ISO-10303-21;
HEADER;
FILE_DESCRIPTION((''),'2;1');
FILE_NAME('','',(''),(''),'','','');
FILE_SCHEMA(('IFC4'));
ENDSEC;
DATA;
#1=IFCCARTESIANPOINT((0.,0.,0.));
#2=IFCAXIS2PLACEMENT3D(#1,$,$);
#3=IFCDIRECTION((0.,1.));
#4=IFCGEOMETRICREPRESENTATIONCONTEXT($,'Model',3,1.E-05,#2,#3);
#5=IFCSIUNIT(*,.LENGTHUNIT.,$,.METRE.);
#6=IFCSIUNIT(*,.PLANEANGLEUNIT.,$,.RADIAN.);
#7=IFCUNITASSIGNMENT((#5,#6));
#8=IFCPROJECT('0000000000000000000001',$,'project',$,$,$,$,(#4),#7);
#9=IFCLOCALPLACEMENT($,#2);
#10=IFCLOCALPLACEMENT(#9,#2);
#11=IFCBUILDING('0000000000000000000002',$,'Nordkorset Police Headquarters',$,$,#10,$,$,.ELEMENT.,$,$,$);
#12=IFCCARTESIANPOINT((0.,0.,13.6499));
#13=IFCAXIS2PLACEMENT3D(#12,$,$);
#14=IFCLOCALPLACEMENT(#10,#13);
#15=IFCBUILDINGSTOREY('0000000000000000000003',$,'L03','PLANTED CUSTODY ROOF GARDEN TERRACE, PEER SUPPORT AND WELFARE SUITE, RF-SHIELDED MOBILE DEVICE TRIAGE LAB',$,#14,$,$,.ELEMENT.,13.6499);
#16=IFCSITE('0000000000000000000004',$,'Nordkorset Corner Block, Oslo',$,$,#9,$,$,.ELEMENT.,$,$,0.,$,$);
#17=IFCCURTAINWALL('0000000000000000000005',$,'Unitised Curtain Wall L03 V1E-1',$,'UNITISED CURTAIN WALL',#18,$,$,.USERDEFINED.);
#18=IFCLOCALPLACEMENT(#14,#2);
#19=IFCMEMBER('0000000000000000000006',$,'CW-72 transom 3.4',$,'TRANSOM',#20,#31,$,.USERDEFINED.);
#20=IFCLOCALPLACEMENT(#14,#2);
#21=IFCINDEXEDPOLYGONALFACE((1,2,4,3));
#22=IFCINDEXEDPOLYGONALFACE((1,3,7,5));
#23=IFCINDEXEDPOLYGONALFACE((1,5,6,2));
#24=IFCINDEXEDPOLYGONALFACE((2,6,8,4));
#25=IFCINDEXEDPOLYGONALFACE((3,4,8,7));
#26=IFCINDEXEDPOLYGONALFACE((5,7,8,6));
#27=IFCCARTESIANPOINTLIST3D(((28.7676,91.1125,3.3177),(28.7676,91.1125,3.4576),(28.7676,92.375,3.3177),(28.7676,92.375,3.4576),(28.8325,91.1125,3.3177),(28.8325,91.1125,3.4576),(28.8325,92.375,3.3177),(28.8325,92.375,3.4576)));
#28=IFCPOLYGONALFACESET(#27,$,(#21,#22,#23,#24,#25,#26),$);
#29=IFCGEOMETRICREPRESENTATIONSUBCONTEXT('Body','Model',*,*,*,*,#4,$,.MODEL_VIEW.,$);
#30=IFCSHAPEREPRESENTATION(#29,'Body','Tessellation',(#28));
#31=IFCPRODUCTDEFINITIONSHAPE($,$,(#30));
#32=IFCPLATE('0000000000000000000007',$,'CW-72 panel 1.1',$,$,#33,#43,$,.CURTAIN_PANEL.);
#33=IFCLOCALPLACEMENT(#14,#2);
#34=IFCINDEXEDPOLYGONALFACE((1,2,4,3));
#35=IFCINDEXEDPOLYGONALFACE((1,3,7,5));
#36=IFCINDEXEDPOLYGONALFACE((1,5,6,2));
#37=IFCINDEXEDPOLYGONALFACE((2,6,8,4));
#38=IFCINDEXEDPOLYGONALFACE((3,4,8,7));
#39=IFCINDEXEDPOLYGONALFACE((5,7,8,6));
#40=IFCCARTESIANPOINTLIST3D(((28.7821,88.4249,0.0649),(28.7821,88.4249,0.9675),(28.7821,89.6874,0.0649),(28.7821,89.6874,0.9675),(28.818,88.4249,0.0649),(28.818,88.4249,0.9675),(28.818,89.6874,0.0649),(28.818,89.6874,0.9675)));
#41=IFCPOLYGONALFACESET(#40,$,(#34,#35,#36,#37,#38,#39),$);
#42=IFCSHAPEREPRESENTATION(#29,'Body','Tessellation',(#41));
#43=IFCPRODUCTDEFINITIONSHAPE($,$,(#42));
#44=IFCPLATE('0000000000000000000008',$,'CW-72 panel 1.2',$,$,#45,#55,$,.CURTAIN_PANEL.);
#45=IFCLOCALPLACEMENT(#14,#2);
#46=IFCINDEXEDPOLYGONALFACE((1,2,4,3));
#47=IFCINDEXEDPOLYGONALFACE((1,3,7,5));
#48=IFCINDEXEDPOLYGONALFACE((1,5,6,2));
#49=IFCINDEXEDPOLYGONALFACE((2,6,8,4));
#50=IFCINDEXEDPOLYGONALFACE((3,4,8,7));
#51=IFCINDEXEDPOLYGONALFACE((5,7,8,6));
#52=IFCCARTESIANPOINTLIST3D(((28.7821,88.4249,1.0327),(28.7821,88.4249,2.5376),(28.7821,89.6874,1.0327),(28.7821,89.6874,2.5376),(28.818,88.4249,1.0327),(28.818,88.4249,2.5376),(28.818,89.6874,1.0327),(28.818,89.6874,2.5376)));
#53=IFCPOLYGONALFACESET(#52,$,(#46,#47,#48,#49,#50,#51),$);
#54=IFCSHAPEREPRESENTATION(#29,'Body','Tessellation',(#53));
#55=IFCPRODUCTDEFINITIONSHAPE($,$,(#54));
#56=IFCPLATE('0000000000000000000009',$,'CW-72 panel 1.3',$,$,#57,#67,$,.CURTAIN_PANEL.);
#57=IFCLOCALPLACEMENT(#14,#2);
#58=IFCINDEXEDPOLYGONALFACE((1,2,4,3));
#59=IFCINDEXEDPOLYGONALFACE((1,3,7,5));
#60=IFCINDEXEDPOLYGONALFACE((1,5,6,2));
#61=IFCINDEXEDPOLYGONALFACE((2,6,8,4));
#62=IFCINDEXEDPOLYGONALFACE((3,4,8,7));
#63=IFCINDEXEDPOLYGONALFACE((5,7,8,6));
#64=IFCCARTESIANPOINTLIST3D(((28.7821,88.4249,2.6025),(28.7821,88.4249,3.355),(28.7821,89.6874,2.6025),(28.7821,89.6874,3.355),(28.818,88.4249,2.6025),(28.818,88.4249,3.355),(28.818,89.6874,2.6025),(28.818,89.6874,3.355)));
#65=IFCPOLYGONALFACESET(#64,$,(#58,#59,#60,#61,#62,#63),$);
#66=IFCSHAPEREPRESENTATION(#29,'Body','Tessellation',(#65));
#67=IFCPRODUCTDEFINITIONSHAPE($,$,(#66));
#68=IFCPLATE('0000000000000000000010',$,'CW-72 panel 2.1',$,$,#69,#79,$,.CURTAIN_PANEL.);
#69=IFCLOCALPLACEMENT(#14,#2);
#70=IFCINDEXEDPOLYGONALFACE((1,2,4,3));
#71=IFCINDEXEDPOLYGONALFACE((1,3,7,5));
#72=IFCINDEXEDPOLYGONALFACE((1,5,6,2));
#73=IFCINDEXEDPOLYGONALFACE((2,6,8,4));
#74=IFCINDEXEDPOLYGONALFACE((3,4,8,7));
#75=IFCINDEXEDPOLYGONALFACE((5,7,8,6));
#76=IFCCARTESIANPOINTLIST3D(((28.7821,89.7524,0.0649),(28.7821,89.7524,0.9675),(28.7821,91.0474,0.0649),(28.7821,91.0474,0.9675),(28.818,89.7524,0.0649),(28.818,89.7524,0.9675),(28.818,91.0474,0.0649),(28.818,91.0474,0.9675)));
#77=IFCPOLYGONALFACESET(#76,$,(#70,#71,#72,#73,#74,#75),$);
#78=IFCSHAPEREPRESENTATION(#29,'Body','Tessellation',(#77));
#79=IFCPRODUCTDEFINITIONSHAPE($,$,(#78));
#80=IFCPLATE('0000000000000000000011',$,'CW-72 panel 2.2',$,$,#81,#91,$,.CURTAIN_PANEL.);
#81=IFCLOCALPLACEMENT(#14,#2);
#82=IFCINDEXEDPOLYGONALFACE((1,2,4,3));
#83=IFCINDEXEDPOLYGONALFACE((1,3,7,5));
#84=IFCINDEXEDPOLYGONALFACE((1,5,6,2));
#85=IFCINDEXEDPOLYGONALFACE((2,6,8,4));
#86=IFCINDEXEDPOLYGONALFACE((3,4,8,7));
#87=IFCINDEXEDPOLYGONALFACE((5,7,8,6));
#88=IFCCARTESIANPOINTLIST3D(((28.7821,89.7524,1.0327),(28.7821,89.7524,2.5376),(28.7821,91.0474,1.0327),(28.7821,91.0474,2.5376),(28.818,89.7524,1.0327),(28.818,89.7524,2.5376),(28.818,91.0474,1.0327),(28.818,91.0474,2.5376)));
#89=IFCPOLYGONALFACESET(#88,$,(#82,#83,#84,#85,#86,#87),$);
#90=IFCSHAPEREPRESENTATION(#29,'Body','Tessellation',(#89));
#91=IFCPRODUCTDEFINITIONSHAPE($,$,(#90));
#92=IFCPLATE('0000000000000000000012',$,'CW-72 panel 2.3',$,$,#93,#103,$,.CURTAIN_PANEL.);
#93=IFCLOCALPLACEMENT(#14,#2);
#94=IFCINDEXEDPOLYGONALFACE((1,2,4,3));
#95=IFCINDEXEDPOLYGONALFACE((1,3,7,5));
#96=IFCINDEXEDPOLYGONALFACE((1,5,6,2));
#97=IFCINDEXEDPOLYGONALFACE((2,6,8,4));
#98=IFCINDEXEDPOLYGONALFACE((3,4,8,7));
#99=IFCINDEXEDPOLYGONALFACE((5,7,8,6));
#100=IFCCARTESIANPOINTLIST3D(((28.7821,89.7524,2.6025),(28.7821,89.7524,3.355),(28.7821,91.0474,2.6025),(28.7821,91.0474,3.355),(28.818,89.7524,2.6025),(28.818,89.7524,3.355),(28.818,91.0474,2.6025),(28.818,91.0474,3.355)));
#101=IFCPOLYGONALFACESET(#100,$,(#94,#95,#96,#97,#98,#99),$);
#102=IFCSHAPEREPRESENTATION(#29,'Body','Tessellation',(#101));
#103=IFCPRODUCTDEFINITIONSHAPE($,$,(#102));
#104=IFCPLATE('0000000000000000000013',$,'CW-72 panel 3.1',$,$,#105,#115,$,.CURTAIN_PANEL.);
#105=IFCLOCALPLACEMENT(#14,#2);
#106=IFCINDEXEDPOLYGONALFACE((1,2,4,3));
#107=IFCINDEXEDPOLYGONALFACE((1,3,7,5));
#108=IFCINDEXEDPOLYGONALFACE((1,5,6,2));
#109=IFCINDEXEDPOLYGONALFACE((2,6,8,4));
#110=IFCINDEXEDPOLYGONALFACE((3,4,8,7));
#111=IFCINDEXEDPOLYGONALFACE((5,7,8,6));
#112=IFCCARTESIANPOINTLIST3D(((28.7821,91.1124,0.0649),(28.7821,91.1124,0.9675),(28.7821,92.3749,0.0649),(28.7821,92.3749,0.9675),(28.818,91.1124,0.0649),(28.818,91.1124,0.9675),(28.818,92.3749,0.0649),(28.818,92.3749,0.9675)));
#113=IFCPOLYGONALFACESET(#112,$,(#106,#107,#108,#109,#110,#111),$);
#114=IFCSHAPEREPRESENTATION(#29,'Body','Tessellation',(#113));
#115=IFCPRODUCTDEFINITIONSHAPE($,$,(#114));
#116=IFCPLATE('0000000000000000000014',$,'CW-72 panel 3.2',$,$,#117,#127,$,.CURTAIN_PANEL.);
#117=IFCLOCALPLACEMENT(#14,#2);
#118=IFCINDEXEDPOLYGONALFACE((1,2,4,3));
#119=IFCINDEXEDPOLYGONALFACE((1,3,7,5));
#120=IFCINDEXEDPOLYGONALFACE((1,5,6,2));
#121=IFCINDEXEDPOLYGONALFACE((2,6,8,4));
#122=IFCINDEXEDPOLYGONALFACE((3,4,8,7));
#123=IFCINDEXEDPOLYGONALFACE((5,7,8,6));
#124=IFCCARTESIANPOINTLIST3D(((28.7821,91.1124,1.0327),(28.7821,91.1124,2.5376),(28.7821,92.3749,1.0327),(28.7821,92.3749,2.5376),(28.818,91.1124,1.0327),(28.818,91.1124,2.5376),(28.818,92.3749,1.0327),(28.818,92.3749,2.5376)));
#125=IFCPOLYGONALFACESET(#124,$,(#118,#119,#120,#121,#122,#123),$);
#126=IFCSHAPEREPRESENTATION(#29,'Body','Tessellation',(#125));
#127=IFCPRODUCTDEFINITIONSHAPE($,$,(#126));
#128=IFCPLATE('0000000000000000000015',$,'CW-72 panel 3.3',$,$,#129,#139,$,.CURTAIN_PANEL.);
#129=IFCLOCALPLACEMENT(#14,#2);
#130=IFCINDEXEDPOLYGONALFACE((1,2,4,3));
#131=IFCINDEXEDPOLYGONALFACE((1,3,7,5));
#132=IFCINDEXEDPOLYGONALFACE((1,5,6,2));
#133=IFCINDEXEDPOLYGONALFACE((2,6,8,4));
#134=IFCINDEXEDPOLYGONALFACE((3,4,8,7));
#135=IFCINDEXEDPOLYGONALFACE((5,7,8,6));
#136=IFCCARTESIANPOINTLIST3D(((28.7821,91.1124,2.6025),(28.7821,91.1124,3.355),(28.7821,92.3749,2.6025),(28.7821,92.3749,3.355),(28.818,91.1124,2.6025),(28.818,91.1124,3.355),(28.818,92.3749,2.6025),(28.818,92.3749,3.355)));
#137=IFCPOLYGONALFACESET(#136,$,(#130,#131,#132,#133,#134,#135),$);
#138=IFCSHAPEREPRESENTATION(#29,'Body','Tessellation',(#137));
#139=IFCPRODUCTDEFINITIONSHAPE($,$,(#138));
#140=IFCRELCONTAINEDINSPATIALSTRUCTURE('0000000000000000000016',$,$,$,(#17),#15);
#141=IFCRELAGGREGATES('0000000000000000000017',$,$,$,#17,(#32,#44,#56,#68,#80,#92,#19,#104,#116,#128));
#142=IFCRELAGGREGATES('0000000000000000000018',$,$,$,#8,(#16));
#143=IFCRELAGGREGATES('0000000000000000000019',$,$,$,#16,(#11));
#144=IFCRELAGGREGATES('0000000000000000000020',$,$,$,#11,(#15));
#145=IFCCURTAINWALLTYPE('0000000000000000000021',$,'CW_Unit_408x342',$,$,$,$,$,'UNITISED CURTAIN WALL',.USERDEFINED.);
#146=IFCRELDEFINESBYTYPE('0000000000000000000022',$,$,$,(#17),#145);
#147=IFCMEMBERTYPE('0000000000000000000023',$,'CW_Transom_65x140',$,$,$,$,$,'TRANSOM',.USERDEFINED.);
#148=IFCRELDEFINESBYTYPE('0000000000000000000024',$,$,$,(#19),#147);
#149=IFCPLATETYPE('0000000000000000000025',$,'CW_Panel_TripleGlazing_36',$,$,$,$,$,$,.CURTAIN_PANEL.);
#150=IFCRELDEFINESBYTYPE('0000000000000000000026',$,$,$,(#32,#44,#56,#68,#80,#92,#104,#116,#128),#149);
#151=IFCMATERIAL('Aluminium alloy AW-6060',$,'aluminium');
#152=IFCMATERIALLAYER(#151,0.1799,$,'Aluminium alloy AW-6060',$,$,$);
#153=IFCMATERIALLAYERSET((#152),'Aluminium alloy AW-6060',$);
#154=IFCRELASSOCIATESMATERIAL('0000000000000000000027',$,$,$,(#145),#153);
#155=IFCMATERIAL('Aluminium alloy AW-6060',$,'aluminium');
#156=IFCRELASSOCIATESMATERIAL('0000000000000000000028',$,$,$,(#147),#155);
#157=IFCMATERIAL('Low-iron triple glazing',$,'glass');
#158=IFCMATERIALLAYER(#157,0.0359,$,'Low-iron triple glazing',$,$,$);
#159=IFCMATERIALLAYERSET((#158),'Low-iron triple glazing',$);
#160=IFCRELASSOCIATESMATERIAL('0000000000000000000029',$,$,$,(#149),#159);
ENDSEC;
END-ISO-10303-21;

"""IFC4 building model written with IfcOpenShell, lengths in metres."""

from ifc_helpers import new_model, si_unit, direction, frame, origin, origin_2d, place, context, subcontext, project, spatial, rectangle, extrude, material, layer, layer_set, material_profile, profile_set, type_object, element, aggregate, save


model = new_model("IFC4")

# Units and contexts
model_context = context("Model", 3, precision=1e-05, world=origin(), true_north=direction((0.0, 1.0)))
body_context = subcontext(model_context, "Body", "Model", "MODEL_VIEW")
ifc_project = project(units=[si_unit("LENGTHUNIT", "METRE"), si_unit("PLANEANGLEUNIT", "RADIAN")], contexts=[model_context])

# Site, building, storey
site_placement = place(None, origin())
site = spatial("IfcSite", under=ifc_project, at=site_placement, Name="Nordkorset Corner Block, Oslo", CompositionType="ELEMENT", RefElevation=0.0)
building_placement = place(site_placement, origin())
building = spatial("IfcBuilding", under=site, at=building_placement, Name="Nordkorset Police Headquarters", CompositionType="ELEMENT")
storey_placement = place(building_placement, frame((0.0, 0.0, 13.6499)))
storey = spatial("IfcBuildingStorey", under=building, at=storey_placement, Name="L03", Description="PLANTED CUSTODY ROOF GARDEN TERRACE, PEER SUPPORT AND WELFARE SUITE, RF-SHIELDED MOBILE DEVICE TRIAGE LAB", CompositionType="ELEMENT", Elevation=13.6499)

# Curtain wall, member, plates
ifc_material_1 = material(Name="Aluminium alloy AW-6060", Category="aluminium")
ifc_layer_1 = layer(ifc_material_1, 0.1799, Name="Aluminium alloy AW-6060")
ifc_layer_set_1 = layer_set([ifc_layer_1], Name="Aluminium alloy AW-6060")
curtain_wall_type = type_object("IfcCurtainWallType", Name="CW_Unit_408x342", ElementType="UNITISED CURTAIN WALL", PredefinedType="USERDEFINED", material=ifc_layer_set_1)
curtain_wall_placement = place(storey_placement, origin())
curtain_wall = element("IfcCurtainWall", 1, at=curtain_wall_placement, inside=storey, type_object=curtain_wall_type, Name="Unitised Curtain Wall L03 V1E-1", ObjectType="UNITISED CURTAIN WALL", PredefinedType="USERDEFINED")
ifc_material_2 = material(Name="Aluminium alloy AW-6060", Category="aluminium")
ifc_material_profile_1 = material_profile(ifc_material_2, rectangle(XDim=0.0649, YDim=0.1399, at=origin_2d()), Name="ALU TRAN 65x140")
ifc_profile_set_1 = profile_set([ifc_material_profile_1], Name="Aluminium alloy AW-6060")
member_type_1 = type_object("IfcMemberType", Name="CW_Transom_65x140", ElementType="TRANSOM", PredefinedType="USERDEFINED", material=ifc_profile_set_1)
member_1_placement = place(storey_placement, frame((28.8, 91.1125, 3.3877), z_axis=(0.0, 1.0, 0.0), x_axis=(-1.0, 0.0, 0.0)))
member_1 = element("IfcMember", 2, at=member_1_placement, type_object=member_type_1, Name="CW-72 transom 3.4", ObjectType="TRANSOM", PredefinedType="USERDEFINED", context=body_context, shape_type="SweptSolid", body=[
    extrude(rectangle(XDim=0.0649, YDim=0.1399, at=origin_2d()), origin(), (0.0, 0.0, 1.0), 1.2625),
])
ifc_material_3 = material(Name="Low-iron triple glazing", Category="glass")
ifc_layer_2 = layer(ifc_material_3, 0.0359, Name="Low-iron triple glazing")
ifc_layer_set_2 = layer_set([ifc_layer_2], Name="Low-iron triple glazing")
plate_type = type_object("IfcPlateType", Name="CW_Panel_TripleGlazing_36", PredefinedType="CURTAIN_PANEL", material=ifc_layer_set_2)
plate_1_placement = place(storey_placement, frame((28.8, 89.0562, 0.0649), z_axis=(0.0, 0.0, 1.0), x_axis=(0.0, 1.0, 0.0)))
plate_1 = element("IfcPlate", 3, at=plate_1_placement, type_object=plate_type, Name="CW-72 panel 1.1", PredefinedType="CURTAIN_PANEL", context=body_context, shape_type="SweptSolid", body=[
    extrude(rectangle(XDim=1.2625, YDim=0.0359, at=origin_2d()), origin(), (0.0, 0.0, 1.0), 0.9026),
])
plate_2_placement = place(storey_placement, frame((28.8, 89.0562, 1.0327), z_axis=(0.0, 0.0, 1.0), x_axis=(0.0, 1.0, 0.0)))
plate_2 = element("IfcPlate", 4, at=plate_2_placement, type_object=plate_type, Name="CW-72 panel 1.2", PredefinedType="CURTAIN_PANEL", context=body_context, shape_type="SweptSolid", body=[
    extrude(rectangle(XDim=1.2625, YDim=0.0359, at=origin_2d()), origin(), (0.0, 0.0, 1.0), 1.5049),
])
plate_3_placement = place(storey_placement, frame((28.8, 89.0562, 2.6025), z_axis=(0.0, 0.0, 1.0), x_axis=(0.0, 1.0, 0.0)))
plate_3 = element("IfcPlate", 5, at=plate_3_placement, type_object=plate_type, Name="CW-72 panel 1.3", PredefinedType="CURTAIN_PANEL", context=body_context, shape_type="SweptSolid", body=[
    extrude(rectangle(XDim=1.2625, YDim=0.0359, at=origin_2d()), origin(), (0.0, 0.0, 1.0), 0.7524),
])
plate_4_placement = place(storey_placement, frame((28.8, 90.3999, 0.0649), z_axis=(0.0, 0.0, 1.0), x_axis=(0.0, 1.0, 0.0)))
plate_4 = element("IfcPlate", 6, at=plate_4_placement, type_object=plate_type, Name="CW-72 panel 2.1", PredefinedType="CURTAIN_PANEL", context=body_context, shape_type="SweptSolid", body=[
    extrude(rectangle(XDim=1.2949, YDim=0.0359, at=origin_2d()), origin(), (0.0, 0.0, 1.0), 0.9026),
])
plate_5_placement = place(storey_placement, frame((28.8, 90.3999, 1.0327), z_axis=(0.0, 0.0, 1.0), x_axis=(0.0, 1.0, 0.0)))
plate_5 = element("IfcPlate", 7, at=plate_5_placement, type_object=plate_type, Name="CW-72 panel 2.2", PredefinedType="CURTAIN_PANEL", context=body_context, shape_type="SweptSolid", body=[
    extrude(rectangle(XDim=1.2949, YDim=0.0359, at=origin_2d()), origin(), (0.0, 0.0, 1.0), 1.5049),
])
plate_6_placement = place(storey_placement, frame((28.8, 90.3999, 2.6025), z_axis=(0.0, 0.0, 1.0), x_axis=(0.0, 1.0, 0.0)))
plate_6 = element("IfcPlate", 8, at=plate_6_placement, type_object=plate_type, Name="CW-72 panel 2.3", PredefinedType="CURTAIN_PANEL", context=body_context, shape_type="SweptSolid", body=[
    extrude(rectangle(XDim=1.2949, YDim=0.0359, at=origin_2d()), origin(), (0.0, 0.0, 1.0), 0.7524),
])
plate_7_placement = place(storey_placement, frame((28.8, 91.7437, 0.0649), z_axis=(0.0, 0.0, 1.0), x_axis=(0.0, 1.0, 0.0)))
plate_7 = element("IfcPlate", 9, at=plate_7_placement, type_object=plate_type, Name="CW-72 panel 3.1", PredefinedType="CURTAIN_PANEL", context=body_context, shape_type="SweptSolid", body=[
    extrude(rectangle(XDim=1.2625, YDim=0.0359, at=origin_2d()), origin(), (0.0, 0.0, 1.0), 0.9026),
])
plate_8_placement = place(storey_placement, frame((28.8, 91.7437, 1.0327), z_axis=(0.0, 0.0, 1.0), x_axis=(0.0, 1.0, 0.0)))
plate_8 = element("IfcPlate", 10, at=plate_8_placement, type_object=plate_type, Name="CW-72 panel 3.2", PredefinedType="CURTAIN_PANEL", context=body_context, shape_type="SweptSolid", body=[
    extrude(rectangle(XDim=1.2625, YDim=0.0359, at=origin_2d()), origin(), (0.0, 0.0, 1.0), 1.5049),
])
plate_9_placement = place(storey_placement, frame((28.8, 91.7437, 2.6025), z_axis=(0.0, 0.0, 1.0), x_axis=(0.0, 1.0, 0.0)))
plate_9 = element("IfcPlate", 11, at=plate_9_placement, type_object=plate_type, Name="CW-72 panel 3.3", PredefinedType="CURTAIN_PANEL", context=body_context, shape_type="SweptSolid", body=[
    extrude(rectangle(XDim=1.2625, YDim=0.0359, at=origin_2d()), origin(), (0.0, 0.0, 1.0), 0.7524),
])
aggregate(curtain_wall, [plate_1, plate_2, plate_3, plate_4, plate_5, plate_6, member_1, plate_7, plate_8, plate_9])

save(model, "model.ifc")
